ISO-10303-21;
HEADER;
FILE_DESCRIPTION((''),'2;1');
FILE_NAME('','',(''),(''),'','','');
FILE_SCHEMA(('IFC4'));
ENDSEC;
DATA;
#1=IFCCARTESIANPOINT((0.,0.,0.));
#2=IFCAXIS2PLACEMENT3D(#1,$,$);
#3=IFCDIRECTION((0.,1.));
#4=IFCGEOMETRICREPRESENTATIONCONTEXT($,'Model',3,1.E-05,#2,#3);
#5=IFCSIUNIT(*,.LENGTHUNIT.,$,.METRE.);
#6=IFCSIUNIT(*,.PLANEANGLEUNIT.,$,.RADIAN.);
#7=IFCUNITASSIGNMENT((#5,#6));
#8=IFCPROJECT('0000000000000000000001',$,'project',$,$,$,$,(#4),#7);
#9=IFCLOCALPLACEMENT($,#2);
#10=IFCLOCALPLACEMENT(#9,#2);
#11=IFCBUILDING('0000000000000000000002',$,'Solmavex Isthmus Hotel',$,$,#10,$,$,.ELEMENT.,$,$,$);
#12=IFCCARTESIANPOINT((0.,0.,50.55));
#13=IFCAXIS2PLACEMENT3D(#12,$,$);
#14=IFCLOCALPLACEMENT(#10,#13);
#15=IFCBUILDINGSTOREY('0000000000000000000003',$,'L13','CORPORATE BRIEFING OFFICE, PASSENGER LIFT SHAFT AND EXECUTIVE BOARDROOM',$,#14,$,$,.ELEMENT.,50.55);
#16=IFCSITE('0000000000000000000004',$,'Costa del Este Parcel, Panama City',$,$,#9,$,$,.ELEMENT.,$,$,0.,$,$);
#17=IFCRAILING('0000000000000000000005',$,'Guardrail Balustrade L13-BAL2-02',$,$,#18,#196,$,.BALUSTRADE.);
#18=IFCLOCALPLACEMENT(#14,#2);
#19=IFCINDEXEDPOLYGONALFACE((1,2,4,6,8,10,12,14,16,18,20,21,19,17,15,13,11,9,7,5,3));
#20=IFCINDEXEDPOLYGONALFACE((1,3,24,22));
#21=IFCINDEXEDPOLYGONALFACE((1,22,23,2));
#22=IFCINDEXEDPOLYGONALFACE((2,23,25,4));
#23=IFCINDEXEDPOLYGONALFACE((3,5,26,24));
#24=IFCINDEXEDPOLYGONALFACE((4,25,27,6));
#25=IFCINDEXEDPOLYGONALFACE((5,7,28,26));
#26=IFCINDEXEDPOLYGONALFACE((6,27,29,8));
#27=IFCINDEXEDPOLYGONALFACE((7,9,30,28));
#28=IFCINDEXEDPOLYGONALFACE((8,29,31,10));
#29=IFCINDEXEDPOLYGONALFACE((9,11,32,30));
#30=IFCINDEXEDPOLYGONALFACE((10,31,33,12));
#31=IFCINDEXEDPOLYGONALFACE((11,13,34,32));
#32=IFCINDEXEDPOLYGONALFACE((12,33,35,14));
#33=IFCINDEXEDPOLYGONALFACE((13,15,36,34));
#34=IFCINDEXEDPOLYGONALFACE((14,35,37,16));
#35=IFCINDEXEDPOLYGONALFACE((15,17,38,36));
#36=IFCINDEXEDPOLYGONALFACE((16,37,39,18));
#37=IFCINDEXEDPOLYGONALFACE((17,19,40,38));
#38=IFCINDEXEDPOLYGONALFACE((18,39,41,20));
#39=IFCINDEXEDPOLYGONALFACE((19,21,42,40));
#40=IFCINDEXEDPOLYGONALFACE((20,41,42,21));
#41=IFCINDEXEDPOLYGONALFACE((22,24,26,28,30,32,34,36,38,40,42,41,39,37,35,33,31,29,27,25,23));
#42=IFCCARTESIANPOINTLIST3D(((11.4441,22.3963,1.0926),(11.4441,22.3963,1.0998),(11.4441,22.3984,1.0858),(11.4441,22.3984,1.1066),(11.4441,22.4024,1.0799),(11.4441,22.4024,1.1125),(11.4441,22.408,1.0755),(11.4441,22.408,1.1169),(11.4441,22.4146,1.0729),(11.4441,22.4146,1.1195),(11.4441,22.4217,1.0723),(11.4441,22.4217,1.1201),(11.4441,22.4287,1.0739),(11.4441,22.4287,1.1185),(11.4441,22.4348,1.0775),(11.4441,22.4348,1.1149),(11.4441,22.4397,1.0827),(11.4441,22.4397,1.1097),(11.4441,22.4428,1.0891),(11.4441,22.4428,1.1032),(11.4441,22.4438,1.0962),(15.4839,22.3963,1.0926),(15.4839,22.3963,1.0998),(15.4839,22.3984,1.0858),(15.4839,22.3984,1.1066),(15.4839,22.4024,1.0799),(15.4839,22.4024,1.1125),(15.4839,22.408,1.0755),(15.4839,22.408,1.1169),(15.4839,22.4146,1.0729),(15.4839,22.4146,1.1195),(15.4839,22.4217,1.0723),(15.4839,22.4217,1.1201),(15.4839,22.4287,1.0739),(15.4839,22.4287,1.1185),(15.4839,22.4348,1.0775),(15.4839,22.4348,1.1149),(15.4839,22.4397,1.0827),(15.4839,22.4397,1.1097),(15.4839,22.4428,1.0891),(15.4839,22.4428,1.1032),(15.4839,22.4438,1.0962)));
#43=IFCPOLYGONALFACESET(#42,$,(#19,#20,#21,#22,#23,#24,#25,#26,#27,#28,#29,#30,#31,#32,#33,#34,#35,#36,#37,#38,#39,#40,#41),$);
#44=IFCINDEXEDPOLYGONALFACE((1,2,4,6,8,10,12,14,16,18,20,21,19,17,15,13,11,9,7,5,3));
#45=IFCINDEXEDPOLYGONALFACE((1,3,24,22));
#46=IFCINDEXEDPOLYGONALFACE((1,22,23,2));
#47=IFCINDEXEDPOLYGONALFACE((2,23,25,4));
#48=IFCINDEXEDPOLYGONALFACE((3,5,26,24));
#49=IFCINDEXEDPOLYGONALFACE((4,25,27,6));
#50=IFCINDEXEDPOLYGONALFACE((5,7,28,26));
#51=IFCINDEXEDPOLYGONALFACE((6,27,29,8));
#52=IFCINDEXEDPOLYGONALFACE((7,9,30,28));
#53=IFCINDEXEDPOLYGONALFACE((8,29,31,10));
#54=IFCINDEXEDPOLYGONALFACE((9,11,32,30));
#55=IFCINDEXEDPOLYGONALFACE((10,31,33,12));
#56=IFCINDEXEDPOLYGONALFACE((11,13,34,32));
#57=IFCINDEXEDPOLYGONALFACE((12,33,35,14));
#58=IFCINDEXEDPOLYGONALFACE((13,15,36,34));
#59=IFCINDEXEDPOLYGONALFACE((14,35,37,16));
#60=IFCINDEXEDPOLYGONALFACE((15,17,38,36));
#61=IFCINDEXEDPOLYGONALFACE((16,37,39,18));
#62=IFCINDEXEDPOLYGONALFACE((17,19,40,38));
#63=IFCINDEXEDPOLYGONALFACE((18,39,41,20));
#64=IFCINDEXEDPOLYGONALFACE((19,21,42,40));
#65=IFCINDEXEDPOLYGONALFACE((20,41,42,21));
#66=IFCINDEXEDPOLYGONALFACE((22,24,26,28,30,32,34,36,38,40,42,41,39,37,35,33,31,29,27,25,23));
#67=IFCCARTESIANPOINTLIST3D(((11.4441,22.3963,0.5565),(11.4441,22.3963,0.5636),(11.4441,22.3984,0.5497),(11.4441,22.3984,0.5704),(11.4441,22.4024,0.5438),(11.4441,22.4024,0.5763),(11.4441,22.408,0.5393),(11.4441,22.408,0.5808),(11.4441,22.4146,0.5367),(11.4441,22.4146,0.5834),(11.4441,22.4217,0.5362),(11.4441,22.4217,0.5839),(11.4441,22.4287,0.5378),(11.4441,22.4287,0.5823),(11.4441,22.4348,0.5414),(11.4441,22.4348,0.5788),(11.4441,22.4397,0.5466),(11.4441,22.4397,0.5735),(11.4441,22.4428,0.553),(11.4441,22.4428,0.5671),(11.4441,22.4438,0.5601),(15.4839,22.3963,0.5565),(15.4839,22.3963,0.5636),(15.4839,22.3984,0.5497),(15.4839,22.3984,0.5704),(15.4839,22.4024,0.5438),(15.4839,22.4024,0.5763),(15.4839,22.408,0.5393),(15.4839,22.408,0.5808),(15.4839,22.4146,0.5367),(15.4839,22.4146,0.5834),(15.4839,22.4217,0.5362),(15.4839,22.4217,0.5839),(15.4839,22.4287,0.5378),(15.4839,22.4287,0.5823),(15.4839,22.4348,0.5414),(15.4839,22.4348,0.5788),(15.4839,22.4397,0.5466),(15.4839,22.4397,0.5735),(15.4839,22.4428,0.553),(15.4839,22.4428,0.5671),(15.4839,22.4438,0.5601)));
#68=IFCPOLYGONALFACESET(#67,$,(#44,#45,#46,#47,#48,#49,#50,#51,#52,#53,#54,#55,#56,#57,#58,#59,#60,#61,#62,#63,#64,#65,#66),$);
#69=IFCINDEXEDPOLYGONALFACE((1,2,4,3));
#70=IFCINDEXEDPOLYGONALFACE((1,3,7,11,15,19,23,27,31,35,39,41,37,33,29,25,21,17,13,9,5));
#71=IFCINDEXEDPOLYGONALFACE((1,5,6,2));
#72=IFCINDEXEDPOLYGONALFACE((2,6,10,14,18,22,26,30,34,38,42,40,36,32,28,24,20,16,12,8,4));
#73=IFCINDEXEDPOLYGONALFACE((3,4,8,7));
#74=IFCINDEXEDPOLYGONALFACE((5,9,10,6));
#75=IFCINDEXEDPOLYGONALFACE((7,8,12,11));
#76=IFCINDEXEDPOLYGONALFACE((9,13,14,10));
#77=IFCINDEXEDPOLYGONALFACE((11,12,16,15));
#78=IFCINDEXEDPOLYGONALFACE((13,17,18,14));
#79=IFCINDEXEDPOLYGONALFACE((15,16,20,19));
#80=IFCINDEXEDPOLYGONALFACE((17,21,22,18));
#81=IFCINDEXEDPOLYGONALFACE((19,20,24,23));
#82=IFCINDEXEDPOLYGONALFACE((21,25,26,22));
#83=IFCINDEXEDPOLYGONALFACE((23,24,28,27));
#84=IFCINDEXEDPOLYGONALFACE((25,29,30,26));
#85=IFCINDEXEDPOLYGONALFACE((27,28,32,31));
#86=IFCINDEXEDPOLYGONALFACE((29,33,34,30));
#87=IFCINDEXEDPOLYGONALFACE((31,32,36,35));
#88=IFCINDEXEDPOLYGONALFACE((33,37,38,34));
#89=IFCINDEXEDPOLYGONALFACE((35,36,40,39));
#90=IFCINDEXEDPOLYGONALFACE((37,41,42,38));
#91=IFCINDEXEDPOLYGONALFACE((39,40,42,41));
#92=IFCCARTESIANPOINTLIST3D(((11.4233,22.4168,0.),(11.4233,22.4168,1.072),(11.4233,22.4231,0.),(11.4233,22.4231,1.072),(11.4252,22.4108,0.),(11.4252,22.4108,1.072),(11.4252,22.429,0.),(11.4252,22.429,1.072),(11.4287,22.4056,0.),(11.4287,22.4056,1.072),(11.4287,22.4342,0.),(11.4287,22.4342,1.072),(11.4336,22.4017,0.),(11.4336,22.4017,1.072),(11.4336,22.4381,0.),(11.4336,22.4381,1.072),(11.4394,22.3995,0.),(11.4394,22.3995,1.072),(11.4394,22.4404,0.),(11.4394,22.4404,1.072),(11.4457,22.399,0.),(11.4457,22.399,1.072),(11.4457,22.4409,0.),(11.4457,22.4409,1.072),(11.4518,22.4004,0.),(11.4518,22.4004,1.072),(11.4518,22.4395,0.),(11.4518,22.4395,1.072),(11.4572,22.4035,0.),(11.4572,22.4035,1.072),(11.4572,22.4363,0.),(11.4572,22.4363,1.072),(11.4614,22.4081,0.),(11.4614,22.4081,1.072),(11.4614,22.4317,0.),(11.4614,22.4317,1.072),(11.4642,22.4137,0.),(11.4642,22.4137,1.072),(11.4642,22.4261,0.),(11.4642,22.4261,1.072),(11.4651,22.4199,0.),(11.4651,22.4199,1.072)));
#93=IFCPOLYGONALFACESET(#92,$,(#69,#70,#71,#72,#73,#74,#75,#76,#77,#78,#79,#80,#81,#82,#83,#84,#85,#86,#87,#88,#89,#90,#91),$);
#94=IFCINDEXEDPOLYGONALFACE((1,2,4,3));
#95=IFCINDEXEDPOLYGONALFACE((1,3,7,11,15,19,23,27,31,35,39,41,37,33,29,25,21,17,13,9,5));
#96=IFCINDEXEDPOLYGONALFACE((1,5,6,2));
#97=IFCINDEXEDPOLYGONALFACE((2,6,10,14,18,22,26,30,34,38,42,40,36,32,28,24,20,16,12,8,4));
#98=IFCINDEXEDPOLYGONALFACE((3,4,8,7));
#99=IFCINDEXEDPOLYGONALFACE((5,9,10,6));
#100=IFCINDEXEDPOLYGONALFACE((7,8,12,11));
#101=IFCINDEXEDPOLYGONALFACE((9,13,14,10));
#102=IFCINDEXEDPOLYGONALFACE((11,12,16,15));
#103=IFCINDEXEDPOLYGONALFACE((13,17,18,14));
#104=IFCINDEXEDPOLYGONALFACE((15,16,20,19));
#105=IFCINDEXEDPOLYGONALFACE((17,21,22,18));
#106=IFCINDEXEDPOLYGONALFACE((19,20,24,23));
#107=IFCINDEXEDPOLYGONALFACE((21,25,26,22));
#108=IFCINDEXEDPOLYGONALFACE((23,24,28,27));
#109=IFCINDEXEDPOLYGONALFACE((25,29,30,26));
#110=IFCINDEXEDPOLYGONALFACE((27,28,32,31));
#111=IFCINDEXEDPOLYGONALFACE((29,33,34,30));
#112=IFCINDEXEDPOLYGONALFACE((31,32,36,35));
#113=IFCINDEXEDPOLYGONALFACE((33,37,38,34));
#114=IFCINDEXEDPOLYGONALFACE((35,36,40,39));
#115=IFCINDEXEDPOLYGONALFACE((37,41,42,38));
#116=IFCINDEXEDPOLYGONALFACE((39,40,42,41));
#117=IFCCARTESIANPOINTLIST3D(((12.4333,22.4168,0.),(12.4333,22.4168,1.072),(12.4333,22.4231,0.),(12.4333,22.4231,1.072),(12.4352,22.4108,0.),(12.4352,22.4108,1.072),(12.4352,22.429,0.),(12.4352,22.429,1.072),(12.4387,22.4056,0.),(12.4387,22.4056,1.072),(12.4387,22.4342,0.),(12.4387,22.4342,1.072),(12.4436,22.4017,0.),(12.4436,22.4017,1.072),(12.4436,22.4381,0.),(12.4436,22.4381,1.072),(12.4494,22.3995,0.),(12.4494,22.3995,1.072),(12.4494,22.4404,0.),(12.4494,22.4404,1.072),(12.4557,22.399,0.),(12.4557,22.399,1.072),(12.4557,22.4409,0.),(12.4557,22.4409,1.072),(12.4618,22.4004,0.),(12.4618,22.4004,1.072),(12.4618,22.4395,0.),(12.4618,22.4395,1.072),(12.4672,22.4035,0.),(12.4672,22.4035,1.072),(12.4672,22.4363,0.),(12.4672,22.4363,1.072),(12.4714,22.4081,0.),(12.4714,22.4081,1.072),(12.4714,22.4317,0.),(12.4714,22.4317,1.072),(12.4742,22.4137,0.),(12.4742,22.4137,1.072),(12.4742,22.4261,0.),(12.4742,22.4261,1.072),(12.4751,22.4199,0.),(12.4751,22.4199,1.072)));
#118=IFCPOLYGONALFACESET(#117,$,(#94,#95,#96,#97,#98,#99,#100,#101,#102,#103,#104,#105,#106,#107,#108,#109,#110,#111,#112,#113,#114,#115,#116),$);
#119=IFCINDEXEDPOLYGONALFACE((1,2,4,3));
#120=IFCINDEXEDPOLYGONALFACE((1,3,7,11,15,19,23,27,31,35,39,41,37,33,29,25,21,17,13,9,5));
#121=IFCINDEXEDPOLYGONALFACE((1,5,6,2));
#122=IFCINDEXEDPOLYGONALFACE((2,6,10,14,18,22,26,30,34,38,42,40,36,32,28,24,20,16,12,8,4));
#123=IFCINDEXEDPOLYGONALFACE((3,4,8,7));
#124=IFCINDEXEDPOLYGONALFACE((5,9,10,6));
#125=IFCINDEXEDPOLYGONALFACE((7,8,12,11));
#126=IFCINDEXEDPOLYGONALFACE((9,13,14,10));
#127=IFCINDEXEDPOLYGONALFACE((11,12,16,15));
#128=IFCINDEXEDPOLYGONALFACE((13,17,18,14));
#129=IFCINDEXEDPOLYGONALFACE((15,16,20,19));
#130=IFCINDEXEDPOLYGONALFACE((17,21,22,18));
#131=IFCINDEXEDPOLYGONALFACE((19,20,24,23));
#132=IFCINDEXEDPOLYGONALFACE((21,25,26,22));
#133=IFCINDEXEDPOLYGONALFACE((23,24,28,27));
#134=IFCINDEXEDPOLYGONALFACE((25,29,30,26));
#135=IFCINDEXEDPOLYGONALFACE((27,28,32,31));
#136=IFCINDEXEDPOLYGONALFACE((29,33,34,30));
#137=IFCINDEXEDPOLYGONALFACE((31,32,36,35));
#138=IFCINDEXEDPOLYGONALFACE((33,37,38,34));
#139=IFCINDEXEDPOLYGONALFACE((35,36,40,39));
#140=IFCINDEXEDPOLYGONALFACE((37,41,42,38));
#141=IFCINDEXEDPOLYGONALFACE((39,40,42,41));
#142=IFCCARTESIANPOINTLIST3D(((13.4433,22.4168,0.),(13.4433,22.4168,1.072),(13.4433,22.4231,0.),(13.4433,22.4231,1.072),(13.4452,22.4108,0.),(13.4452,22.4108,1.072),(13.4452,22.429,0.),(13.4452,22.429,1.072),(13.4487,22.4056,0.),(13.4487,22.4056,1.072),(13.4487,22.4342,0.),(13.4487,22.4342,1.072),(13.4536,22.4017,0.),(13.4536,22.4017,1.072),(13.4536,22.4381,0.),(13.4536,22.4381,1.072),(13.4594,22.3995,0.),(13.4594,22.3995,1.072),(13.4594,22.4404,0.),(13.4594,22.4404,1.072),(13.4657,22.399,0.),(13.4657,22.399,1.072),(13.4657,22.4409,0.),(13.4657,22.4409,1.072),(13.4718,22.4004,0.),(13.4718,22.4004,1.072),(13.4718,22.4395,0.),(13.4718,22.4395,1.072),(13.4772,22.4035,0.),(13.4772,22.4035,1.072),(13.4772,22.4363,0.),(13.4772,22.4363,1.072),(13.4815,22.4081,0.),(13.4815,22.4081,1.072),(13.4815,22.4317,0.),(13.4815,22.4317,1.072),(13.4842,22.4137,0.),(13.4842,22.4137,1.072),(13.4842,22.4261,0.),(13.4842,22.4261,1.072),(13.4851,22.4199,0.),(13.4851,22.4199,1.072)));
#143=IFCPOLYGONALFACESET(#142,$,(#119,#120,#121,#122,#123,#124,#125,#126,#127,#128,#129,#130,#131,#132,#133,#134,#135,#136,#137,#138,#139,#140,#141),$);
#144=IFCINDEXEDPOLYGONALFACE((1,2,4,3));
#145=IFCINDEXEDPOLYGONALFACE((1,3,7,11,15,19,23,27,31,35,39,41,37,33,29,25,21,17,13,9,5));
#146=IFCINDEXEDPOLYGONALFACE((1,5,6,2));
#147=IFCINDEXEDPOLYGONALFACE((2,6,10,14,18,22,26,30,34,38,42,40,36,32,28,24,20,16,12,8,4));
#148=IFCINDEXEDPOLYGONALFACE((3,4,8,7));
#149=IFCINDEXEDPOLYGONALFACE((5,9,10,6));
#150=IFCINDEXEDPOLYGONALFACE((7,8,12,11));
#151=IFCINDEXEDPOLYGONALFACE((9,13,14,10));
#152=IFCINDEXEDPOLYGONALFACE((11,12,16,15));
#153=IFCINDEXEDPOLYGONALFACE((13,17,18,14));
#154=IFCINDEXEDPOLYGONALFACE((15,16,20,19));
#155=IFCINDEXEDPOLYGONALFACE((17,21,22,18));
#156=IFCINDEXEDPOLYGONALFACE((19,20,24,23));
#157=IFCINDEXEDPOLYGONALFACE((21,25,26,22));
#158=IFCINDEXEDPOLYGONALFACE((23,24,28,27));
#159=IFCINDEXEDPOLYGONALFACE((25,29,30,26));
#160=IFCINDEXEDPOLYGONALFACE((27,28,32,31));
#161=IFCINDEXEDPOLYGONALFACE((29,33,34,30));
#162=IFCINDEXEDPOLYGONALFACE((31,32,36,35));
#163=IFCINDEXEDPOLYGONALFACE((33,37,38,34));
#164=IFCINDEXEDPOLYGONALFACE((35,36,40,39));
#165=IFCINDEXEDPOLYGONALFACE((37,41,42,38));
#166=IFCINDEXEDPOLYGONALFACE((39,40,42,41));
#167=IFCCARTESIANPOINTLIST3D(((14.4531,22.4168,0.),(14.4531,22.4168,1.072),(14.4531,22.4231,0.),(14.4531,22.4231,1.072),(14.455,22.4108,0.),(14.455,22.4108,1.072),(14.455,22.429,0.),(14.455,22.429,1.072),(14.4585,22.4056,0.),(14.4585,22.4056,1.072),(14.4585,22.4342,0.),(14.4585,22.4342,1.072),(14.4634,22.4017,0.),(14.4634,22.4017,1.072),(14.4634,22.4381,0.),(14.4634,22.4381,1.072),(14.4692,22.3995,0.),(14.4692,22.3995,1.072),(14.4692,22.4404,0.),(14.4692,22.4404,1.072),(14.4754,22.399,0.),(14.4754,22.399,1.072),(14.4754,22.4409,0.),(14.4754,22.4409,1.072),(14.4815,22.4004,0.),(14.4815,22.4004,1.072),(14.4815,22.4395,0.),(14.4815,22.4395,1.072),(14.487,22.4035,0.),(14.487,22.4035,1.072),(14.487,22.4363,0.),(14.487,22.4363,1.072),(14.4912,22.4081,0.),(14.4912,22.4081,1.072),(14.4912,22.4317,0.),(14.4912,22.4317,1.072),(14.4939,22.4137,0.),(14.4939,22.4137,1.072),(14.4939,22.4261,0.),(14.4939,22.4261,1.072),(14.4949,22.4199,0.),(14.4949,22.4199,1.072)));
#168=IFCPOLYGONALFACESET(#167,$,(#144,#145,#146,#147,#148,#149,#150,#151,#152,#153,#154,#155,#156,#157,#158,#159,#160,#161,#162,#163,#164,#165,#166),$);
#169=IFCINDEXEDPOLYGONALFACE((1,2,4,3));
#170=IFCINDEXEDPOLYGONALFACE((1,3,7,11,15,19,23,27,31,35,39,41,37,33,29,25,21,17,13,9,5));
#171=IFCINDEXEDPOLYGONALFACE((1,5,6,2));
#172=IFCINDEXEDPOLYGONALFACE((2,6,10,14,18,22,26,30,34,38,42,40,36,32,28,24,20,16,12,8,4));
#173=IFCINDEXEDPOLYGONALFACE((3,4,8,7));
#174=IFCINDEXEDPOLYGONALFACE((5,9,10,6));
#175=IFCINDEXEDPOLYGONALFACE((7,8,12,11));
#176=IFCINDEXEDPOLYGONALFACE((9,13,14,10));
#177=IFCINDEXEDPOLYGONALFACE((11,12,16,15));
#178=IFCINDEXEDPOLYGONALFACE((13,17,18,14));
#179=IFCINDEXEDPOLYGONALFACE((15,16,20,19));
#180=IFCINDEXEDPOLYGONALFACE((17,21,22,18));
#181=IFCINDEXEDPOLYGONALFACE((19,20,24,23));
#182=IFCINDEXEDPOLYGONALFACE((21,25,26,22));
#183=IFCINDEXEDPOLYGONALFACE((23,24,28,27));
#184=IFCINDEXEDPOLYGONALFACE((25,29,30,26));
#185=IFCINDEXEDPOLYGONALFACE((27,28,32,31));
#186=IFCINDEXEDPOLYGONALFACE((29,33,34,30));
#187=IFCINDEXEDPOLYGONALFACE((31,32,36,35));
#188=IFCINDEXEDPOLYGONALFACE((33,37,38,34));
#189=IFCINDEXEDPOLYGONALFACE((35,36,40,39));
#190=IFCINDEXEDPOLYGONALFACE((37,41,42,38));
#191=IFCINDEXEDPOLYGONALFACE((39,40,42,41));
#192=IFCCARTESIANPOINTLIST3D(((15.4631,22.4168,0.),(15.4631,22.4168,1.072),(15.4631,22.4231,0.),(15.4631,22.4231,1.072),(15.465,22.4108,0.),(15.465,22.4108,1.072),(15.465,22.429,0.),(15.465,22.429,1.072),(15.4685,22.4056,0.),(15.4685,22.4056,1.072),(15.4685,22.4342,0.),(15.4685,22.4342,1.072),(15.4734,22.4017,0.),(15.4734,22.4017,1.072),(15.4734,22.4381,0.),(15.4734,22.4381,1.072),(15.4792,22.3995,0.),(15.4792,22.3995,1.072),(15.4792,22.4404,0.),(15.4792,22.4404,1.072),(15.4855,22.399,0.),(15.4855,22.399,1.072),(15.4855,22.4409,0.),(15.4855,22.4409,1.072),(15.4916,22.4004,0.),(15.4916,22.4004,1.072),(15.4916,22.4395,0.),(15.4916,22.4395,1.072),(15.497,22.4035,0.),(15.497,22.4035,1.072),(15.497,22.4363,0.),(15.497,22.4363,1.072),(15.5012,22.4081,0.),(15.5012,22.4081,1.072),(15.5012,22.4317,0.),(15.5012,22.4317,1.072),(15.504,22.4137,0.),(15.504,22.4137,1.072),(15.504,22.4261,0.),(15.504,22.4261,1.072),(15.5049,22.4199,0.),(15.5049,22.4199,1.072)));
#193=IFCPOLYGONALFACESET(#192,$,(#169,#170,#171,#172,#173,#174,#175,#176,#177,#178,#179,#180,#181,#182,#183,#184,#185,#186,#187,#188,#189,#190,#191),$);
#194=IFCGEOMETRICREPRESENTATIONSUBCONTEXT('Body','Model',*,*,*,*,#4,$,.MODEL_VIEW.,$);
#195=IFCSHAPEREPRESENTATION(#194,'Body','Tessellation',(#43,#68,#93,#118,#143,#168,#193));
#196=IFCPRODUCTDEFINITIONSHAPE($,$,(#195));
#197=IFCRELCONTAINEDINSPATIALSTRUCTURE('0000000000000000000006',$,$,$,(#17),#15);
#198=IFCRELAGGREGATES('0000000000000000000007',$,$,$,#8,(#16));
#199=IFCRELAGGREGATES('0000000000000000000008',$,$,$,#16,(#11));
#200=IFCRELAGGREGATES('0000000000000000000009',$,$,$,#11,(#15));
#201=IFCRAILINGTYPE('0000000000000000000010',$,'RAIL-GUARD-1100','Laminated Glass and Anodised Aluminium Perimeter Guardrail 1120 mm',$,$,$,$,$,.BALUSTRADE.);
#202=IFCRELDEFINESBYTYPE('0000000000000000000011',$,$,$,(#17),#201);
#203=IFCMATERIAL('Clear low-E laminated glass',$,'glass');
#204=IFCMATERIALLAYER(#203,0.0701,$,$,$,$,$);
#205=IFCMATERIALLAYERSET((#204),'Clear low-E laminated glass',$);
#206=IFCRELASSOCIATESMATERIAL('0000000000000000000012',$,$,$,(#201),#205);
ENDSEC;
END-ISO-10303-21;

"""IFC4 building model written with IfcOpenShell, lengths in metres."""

from ifc_helpers import new_model, si_unit, direction, frame, origin, origin_2d, place, context, subcontext, project, spatial, circle, extrude, material, layer, layer_set, type_object, element, save


model = new_model("IFC4")

# Units and contexts
model_context = context("Model", 3, precision=1e-05, world=origin(), true_north=direction((0.0, 1.0)))
body_context = subcontext(model_context, "Body", "Model", "MODEL_VIEW")
ifc_project = project(units=[si_unit("LENGTHUNIT", "METRE"), si_unit("PLANEANGLEUNIT", "RADIAN")], contexts=[model_context])

# Site, building, storey
site_placement = place(None, origin())
site = spatial("IfcSite", under=ifc_project, at=site_placement, Name="Costa del Este Parcel, Panama City", CompositionType="ELEMENT", RefElevation=0.0)
building_placement = place(site_placement, origin())
building = spatial("IfcBuilding", under=site, at=building_placement, Name="Solmavex Isthmus Hotel", CompositionType="ELEMENT")
storey_placement = place(building_placement, frame((0.0, 0.0, 50.55)))
storey = spatial("IfcBuildingStorey", under=building, at=storey_placement, Name="L13", Description="CORPORATE BRIEFING OFFICE, PASSENGER LIFT SHAFT AND EXECUTIVE BOARDROOM", CompositionType="ELEMENT", Elevation=50.55)

# Shared definitions
ifc_material_1 = material(Name="Clear low-E laminated glass", Category="glass")

# Railing
ifc_layer_1 = layer(ifc_material_1, 0.0701)
ifc_layer_set_1 = layer_set([ifc_layer_1], Name="Clear low-E laminated glass")
railing_type = type_object("IfcRailingType", Name="RAIL-GUARD-1100", Description="Laminated Glass and Anodised Aluminium Perimeter Guardrail 1120 mm", PredefinedType="BALUSTRADE", material=ifc_layer_set_1)
railing_1_placement = place(storey_placement, frame((11.4441, 22.4199, 0.0)))
element("IfcRailing", 1, at=railing_1_placement, inside=storey, type_object=railing_type, Name="Guardrail Balustrade L13-BAL2-02", PredefinedType="BALUSTRADE", context=body_context, shape_type="SweptSolid", body=[
    extrude(circle(Radius=0.0239, at=origin_2d()), frame((0.0, 0.0, 1.0962), z_axis=(1.0, 0.0, 0.0), x_axis=(0.0, 1.0, 0.0)), (0.0, 0.0, 1.0), 4.0398),
    extrude(circle(Radius=0.0239, at=origin_2d()), frame((0.0, 0.0, 0.5601), z_axis=(1.0, 0.0, 0.0), x_axis=(0.0, 1.0, 0.0)), (0.0, 0.0, 1.0), 4.0398),
    extrude(circle(Radius=0.021, at=origin_2d()), origin(), (0.0, 0.0, 1.0), 1.072),
    extrude(circle(Radius=0.021, at=origin_2d()), frame((1.01, 0.0, 0.0)), (0.0, 0.0, 1.0), 1.072),
    extrude(circle(Radius=0.021, at=origin_2d()), frame((2.02, 0.0, 0.0)), (0.0, 0.0, 1.0), 1.072),
    extrude(circle(Radius=0.021, at=origin_2d()), frame((3.0298, 0.0, 0.0)), (0.0, 0.0, 1.0), 1.072),
    extrude(circle(Radius=0.021, at=origin_2d()), frame((4.0398, 0.0, 0.0)), (0.0, 0.0, 1.0), 1.072),
])

save(model, "model.ifc")
